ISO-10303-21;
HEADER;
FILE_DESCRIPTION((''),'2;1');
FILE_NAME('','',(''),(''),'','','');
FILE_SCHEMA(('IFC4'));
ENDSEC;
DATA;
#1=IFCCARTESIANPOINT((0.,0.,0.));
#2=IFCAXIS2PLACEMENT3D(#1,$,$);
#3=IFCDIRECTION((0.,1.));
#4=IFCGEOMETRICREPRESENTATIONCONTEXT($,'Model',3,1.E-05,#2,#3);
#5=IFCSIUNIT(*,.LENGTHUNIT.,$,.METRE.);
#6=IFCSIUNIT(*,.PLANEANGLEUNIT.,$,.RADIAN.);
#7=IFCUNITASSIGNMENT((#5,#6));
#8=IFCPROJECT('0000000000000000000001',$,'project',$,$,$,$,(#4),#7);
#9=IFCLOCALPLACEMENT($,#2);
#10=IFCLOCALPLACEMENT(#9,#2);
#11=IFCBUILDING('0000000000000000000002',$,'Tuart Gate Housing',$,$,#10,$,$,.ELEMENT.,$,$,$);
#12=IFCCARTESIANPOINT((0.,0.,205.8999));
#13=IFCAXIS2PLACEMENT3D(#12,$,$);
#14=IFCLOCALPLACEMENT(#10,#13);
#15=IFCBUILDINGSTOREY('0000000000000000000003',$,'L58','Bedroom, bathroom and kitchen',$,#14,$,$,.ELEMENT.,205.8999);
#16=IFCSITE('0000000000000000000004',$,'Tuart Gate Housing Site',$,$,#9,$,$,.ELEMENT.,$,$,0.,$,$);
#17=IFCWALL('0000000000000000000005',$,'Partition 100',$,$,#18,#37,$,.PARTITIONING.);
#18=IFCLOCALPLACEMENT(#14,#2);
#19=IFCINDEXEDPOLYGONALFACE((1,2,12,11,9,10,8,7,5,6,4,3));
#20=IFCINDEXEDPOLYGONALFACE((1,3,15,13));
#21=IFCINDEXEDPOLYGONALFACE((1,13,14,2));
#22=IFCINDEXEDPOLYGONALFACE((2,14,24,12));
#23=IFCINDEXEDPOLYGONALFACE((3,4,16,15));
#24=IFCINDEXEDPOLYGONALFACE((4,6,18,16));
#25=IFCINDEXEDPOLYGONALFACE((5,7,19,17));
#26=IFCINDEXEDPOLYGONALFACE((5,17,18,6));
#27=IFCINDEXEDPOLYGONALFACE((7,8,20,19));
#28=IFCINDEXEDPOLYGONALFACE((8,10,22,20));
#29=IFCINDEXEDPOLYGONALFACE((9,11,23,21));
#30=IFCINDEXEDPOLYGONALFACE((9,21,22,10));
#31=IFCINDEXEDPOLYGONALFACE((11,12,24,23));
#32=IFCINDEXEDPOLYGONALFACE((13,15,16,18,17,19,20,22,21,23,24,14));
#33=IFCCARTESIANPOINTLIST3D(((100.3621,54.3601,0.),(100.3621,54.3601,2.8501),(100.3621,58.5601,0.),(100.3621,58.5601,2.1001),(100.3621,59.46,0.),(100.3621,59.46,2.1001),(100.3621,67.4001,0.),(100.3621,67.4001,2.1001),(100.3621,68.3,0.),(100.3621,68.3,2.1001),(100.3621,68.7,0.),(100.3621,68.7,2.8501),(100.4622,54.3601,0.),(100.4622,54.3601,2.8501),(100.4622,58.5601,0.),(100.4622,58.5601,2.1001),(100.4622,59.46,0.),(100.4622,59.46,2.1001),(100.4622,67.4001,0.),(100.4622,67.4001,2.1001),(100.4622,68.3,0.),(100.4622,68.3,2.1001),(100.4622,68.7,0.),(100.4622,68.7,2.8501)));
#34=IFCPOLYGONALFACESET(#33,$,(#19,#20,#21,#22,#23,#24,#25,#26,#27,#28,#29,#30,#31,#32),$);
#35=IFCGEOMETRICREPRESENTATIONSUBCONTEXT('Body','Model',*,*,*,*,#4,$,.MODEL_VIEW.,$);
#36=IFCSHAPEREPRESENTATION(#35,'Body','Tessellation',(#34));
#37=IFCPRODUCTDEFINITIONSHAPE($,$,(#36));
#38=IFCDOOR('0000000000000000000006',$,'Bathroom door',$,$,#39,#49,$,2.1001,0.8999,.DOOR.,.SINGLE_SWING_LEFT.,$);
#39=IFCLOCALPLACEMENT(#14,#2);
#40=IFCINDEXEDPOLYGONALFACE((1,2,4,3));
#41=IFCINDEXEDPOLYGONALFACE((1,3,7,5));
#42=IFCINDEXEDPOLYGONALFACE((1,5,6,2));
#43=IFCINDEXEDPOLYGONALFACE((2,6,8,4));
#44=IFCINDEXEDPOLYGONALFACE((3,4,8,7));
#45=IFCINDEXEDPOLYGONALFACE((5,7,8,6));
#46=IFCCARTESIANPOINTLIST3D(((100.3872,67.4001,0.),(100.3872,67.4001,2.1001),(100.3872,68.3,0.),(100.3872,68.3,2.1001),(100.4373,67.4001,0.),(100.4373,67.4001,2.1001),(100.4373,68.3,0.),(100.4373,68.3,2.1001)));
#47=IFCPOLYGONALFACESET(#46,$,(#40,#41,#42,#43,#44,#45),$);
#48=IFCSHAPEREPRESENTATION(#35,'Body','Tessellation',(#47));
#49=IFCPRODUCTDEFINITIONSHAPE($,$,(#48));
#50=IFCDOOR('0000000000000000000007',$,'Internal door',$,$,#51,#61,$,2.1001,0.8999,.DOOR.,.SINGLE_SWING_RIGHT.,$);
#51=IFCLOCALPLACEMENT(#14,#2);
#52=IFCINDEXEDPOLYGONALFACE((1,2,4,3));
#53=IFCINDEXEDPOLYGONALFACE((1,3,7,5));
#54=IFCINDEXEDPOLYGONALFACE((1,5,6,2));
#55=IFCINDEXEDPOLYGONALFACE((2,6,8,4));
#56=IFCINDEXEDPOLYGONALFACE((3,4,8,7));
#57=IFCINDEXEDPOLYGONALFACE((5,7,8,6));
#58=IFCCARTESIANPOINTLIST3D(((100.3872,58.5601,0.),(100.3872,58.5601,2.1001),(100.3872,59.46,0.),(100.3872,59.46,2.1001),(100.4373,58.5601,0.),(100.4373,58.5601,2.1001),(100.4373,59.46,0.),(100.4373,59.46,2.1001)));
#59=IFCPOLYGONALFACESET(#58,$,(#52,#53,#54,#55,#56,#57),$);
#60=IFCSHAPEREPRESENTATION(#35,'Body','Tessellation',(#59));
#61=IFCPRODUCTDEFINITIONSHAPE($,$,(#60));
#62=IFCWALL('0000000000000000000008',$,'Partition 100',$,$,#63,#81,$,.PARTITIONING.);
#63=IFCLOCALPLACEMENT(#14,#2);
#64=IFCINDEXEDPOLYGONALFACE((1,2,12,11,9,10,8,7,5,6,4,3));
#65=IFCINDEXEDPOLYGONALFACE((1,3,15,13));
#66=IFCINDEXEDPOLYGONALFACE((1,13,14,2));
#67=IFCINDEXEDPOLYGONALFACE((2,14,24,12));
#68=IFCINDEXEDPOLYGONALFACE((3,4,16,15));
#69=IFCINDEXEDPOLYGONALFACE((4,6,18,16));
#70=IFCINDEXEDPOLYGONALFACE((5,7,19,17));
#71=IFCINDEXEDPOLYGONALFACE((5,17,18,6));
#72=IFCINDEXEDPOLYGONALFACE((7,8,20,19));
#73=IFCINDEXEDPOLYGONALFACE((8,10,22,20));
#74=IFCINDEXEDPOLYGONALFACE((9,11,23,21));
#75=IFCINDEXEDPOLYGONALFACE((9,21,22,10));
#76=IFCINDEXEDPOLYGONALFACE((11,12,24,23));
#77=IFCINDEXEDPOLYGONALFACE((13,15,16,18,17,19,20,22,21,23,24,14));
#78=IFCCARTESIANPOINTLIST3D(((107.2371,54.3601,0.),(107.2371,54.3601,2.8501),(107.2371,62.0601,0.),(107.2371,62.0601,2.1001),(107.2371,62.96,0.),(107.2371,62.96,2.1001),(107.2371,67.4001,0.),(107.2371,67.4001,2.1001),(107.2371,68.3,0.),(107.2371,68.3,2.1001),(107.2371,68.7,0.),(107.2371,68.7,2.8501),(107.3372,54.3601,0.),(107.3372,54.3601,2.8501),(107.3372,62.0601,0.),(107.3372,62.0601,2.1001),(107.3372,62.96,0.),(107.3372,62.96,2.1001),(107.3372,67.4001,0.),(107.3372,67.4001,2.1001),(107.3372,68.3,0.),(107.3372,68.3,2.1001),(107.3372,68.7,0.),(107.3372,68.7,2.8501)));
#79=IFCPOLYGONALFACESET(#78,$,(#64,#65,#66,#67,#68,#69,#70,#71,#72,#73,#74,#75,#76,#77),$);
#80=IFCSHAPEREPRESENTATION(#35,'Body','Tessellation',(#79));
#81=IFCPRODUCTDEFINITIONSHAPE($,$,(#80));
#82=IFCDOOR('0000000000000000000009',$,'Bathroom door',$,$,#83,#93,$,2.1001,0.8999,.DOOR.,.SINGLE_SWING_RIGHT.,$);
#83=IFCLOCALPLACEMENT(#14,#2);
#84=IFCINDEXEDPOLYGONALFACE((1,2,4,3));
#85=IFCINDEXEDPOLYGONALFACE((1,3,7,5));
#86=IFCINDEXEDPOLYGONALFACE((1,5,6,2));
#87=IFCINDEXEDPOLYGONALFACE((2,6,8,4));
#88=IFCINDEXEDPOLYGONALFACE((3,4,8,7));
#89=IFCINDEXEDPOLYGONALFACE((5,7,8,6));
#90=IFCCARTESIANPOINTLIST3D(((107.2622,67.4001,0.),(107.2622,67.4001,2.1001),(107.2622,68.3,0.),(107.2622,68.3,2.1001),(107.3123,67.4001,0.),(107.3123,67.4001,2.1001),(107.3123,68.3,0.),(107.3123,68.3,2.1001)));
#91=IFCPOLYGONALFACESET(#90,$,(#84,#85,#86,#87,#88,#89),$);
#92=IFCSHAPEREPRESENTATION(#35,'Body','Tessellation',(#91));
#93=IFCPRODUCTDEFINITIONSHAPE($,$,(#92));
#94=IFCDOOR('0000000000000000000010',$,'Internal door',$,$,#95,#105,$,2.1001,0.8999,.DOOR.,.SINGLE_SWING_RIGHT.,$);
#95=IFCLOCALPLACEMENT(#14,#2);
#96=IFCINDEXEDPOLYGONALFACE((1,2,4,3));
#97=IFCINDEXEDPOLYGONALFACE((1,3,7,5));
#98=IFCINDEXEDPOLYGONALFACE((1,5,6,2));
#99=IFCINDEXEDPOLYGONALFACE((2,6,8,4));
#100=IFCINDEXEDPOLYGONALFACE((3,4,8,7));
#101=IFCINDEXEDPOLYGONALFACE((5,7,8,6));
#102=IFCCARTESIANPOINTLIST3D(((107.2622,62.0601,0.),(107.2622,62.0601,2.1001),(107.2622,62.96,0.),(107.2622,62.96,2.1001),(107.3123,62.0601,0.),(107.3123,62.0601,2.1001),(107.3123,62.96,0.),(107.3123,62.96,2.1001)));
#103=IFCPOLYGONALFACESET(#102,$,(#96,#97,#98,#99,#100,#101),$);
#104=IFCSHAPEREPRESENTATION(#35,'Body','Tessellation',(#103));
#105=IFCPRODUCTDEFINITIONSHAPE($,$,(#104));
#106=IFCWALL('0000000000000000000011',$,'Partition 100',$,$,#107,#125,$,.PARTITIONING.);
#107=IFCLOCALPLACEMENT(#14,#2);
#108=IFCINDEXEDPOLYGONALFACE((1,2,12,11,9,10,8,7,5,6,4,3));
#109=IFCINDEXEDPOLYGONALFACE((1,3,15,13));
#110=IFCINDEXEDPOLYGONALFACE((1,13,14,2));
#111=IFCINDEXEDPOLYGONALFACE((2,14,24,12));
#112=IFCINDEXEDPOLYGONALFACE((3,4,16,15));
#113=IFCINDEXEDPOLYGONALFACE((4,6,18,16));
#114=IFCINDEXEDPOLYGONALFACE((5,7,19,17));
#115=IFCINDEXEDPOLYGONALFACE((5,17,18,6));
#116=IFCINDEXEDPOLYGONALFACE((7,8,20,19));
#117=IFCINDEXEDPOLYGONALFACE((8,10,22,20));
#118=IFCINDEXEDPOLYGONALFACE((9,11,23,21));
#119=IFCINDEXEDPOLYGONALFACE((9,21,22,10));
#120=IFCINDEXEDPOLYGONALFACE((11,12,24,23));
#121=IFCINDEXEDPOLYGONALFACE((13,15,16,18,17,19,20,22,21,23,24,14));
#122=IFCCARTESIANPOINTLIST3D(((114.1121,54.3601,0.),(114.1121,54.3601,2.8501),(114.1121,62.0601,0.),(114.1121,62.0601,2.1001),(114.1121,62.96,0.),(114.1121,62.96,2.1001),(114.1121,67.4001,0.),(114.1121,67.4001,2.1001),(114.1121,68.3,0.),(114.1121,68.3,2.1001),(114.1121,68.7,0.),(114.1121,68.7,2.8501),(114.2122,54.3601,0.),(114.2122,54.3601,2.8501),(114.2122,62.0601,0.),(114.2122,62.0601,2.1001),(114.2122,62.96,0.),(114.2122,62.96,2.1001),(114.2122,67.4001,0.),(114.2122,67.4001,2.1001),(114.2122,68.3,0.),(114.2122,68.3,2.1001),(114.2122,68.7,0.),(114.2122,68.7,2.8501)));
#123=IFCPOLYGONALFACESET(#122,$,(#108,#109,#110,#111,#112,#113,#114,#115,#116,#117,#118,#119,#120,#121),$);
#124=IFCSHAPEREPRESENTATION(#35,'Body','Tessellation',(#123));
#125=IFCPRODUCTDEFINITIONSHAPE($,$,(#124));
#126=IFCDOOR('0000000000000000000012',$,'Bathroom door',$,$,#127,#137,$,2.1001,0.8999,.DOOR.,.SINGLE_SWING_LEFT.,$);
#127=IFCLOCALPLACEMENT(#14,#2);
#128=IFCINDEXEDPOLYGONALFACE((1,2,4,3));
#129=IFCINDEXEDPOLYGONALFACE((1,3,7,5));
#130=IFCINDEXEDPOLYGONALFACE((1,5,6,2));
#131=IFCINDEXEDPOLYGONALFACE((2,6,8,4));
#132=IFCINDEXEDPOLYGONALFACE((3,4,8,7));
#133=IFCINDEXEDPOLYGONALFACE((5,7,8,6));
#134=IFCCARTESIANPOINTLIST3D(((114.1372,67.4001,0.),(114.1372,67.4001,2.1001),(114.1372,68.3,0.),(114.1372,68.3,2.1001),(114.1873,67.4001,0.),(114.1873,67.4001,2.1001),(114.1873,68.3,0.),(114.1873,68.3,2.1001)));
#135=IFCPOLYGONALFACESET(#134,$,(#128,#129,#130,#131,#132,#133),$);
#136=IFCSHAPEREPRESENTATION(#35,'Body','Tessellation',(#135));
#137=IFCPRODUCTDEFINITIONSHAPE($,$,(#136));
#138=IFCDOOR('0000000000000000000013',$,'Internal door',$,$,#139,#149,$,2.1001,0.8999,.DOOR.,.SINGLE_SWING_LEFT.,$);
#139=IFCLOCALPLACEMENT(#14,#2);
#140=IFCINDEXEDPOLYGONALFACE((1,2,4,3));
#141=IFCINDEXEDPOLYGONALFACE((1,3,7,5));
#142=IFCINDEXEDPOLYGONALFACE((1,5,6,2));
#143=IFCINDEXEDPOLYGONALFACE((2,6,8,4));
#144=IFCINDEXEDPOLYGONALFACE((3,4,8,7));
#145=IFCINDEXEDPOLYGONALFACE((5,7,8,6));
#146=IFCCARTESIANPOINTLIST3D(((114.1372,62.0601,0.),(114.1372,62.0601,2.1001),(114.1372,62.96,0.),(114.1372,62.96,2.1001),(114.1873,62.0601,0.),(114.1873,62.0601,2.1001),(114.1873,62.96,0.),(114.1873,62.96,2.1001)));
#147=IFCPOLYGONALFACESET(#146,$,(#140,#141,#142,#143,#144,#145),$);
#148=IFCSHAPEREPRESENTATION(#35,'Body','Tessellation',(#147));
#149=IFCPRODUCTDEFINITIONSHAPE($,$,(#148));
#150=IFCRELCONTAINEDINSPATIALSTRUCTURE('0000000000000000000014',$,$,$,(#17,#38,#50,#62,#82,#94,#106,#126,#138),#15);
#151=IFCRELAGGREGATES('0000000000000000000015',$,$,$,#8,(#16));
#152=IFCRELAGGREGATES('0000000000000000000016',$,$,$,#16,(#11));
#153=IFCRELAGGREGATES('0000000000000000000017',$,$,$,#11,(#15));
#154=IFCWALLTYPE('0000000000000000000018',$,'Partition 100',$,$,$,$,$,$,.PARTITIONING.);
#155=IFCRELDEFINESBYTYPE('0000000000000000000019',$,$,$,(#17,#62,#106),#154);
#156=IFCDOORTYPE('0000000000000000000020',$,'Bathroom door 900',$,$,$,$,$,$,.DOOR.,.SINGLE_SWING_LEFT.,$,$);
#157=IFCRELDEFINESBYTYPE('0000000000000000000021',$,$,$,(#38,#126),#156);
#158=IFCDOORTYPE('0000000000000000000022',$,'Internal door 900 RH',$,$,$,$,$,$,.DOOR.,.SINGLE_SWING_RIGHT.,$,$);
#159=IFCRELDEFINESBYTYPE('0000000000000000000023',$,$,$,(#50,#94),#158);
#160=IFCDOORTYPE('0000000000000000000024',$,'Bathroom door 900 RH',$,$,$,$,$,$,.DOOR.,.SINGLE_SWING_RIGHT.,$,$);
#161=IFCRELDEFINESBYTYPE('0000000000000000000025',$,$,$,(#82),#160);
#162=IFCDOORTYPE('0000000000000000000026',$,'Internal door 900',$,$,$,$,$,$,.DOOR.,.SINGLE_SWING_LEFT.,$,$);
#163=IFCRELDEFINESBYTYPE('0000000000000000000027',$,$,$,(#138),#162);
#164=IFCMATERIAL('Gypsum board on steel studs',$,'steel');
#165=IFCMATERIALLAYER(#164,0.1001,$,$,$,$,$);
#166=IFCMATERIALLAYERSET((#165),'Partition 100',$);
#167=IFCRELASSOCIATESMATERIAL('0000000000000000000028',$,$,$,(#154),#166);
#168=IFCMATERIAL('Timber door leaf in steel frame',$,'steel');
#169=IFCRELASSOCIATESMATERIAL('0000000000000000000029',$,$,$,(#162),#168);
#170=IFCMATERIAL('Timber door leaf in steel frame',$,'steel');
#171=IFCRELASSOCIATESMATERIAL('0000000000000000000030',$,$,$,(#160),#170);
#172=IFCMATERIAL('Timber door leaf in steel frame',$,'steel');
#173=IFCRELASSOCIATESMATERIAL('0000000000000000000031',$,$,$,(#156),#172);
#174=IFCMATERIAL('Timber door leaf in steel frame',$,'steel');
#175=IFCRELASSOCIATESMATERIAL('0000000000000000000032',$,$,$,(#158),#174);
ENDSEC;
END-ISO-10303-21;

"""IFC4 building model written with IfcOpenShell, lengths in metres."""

from ifc_helpers import new_model, si_unit, direction, frame, frame_2d, origin, place, context, subcontext, project, spatial, rectangle, extrude, material, layer, layer_set, type_object, element, fill, save


model = new_model("IFC4")

# Units and contexts
model_context = context("Model", 3, precision=1e-05, world=origin(), true_north=direction((0.0, 1.0)))
body_context = subcontext(model_context, "Body", "Model", "MODEL_VIEW")
ifc_project = project(units=[si_unit("LENGTHUNIT", "METRE"), si_unit("PLANEANGLEUNIT", "RADIAN")], contexts=[model_context])

# Site, building, storey
site_placement = place(None, origin())
site = spatial("IfcSite", under=ifc_project, at=site_placement, Name="Tuart Gate Housing Site", CompositionType="ELEMENT", RefElevation=0.0)
building_placement = place(site_placement, origin())
building = spatial("IfcBuilding", under=site, at=building_placement, Name="Tuart Gate Housing", CompositionType="ELEMENT")
storey_placement = place(building_placement, frame((0.0, 0.0, 205.8999)))
storey = spatial("IfcBuildingStorey", under=building, at=storey_placement, Name="L58", Description="Bedroom, bathroom and kitchen", CompositionType="ELEMENT", Elevation=205.8999)

# Shared definitions
ifc_material_1 = material(Name="Gypsum board on steel studs", Category="steel")
ifc_layer_1 = layer(ifc_material_1, 0.1001)
ifc_layer_set_1 = layer_set([ifc_layer_1], Name="Partition 100")
wall_type_1 = type_object("IfcWallType", Name="Partition 100", PredefinedType="PARTITIONING", material=ifc_layer_set_1)
ifc_material_2 = material(Name="Timber door leaf in steel frame", Category="steel")
door_type_1 = type_object("IfcDoorType", Name="Internal door 900", OperationType="SINGLE_SWING_LEFT", PredefinedType="DOOR", material=ifc_material_2)

# Walls, openings, doors
ifc_material_3 = material(Name="Timber door leaf in steel frame", Category="steel")
door_type_2 = type_object("IfcDoorType", Name="Bathroom door 900 RH", OperationType="SINGLE_SWING_RIGHT", PredefinedType="DOOR", material=ifc_material_3)
wall_1_placement = place(storey_placement, frame((100.4121, 54.3601, 0.0), z_axis=(0.0, 0.0, 1.0), x_axis=(0.0, 1.0, 0.0)))
wall_1 = element("IfcWall", 1, at=wall_1_placement, inside=storey, type_object=wall_type_1, Name="Partition 100", PredefinedType="PARTITIONING", context=body_context, shape_type="SweptSolid", body=[
    extrude(rectangle(XDim=14.3398, YDim=0.1001, at=frame_2d((7.1699, 0.0))), origin(), (0.0, 0.0, 1.0), 2.8501),
])
opening_1_placement = place(wall_1_placement, frame((4.2, 0.0, 0.0)))
opening_1 = element("IfcOpeningElement", 2, at=opening_1_placement, cuts=wall_1, PredefinedType="OPENING", context=body_context, shape_type="SweptSolid", body=[
    extrude(rectangle(XDim=0.8999, YDim=2.1001, at=frame_2d((0.45, 1.05))), frame((0.0, 0.0601, 0.0), z_axis=(0.0, -1.0, 0.0), x_axis=(1.0, 0.0, 0.0)), (0.0, 0.0, 1.0), 0.1201),
])
opening_2_placement = place(wall_1_placement, frame((13.04, 0.0, 0.0)))
opening_2 = element("IfcOpeningElement", 3, at=opening_2_placement, cuts=wall_1, PredefinedType="OPENING", context=body_context, shape_type="SweptSolid", body=[
    extrude(rectangle(XDim=0.8999, YDim=2.1001, at=frame_2d((0.45, 1.05))), frame((0.0, 0.0601, 0.0), z_axis=(0.0, -1.0, 0.0), x_axis=(1.0, 0.0, 0.0)), (0.0, 0.0, 1.0), 0.1201),
])
ifc_material_4 = material(Name="Timber door leaf in steel frame", Category="steel")
door_type_3 = type_object("IfcDoorType", Name="Bathroom door 900", OperationType="SINGLE_SWING_LEFT", PredefinedType="DOOR", material=ifc_material_4)
door_1_placement = place(opening_2_placement, frame((0.8999, 0.0, 0.0), z_axis=(0.0, 0.0, 1.0), x_axis=(-1.0, 0.0, 0.0)))
door_1 = element("IfcDoor", 4, at=door_1_placement, inside=storey, type_object=door_type_3, Name="Bathroom door", OperationType="SINGLE_SWING_LEFT", OverallHeight=2.1001, OverallWidth=0.8999, PredefinedType="DOOR", context=body_context, shape_type="SweptSolid", body=[
    extrude(rectangle(XDim=0.8999, YDim=2.1001, at=frame_2d((0.45, 1.05))), frame((0.0, 0.0251, 0.0), z_axis=(0.0, -1.0, 0.0), x_axis=(1.0, 0.0, 0.0)), (0.0, 0.0, 1.0), 0.05),
])
fill(opening_2, door_1)
ifc_material_5 = material(Name="Timber door leaf in steel frame", Category="steel")
door_type_4 = type_object("IfcDoorType", Name="Internal door 900 RH", OperationType="SINGLE_SWING_RIGHT", PredefinedType="DOOR", material=ifc_material_5)
door_2_placement = place(opening_1_placement, frame((0.8999, 0.0, 0.0), z_axis=(0.0, 0.0, 1.0), x_axis=(-1.0, 0.0, 0.0)))
door_2 = element("IfcDoor", 5, at=door_2_placement, inside=storey, type_object=door_type_4, Name="Internal door", OperationType="SINGLE_SWING_RIGHT", OverallHeight=2.1001, OverallWidth=0.8999, PredefinedType="DOOR", context=body_context, shape_type="SweptSolid", body=[
    extrude(rectangle(XDim=0.8999, YDim=2.1001, at=frame_2d((0.45, 1.05))), frame((0.0, 0.0251, 0.0), z_axis=(0.0, -1.0, 0.0), x_axis=(1.0, 0.0, 0.0)), (0.0, 0.0, 1.0), 0.05),
])
fill(opening_1, door_2)
wall_2_placement = place(storey_placement, frame((107.2871, 54.3601, 0.0), z_axis=(0.0, 0.0, 1.0), x_axis=(0.0, 1.0, 0.0)))
wall_2 = element("IfcWall", 6, at=wall_2_placement, inside=storey, type_object=wall_type_1, Name="Partition 100", PredefinedType="PARTITIONING", context=body_context, shape_type="SweptSolid", body=[
    extrude(rectangle(XDim=14.3398, YDim=0.1001, at=frame_2d((7.1699, 0.0))), origin(), (0.0, 0.0, 1.0), 2.8501),
])
opening_3_placement = place(wall_2_placement, frame((7.7, 0.0, 0.0)))
opening_3 = element("IfcOpeningElement", 7, at=opening_3_placement, cuts=wall_2, PredefinedType="OPENING", context=body_context, shape_type="SweptSolid", body=[
    extrude(rectangle(XDim=0.8999, YDim=2.1001, at=frame_2d((0.45, 1.05))), frame((0.0, 0.0601, 0.0), z_axis=(0.0, -1.0, 0.0), x_axis=(1.0, 0.0, 0.0)), (0.0, 0.0, 1.0), 0.1201),
])
opening_4_placement = place(wall_2_placement, frame((13.04, 0.0, 0.0)))
opening_4 = element("IfcOpeningElement", 8, at=opening_4_placement, cuts=wall_2, PredefinedType="OPENING", context=body_context, shape_type="SweptSolid", body=[
    extrude(rectangle(XDim=0.8999, YDim=2.1001, at=frame_2d((0.45, 1.05))), frame((0.0, 0.0601, 0.0), z_axis=(0.0, -1.0, 0.0), x_axis=(1.0, 0.0, 0.0)), (0.0, 0.0, 1.0), 0.1201),
])
door_3_placement = place(opening_4_placement, origin())
door_3 = element("IfcDoor", 9, at=door_3_placement, inside=storey, type_object=door_type_2, Name="Bathroom door", OperationType="SINGLE_SWING_RIGHT", OverallHeight=2.1001, OverallWidth=0.8999, PredefinedType="DOOR", context=body_context, shape_type="SweptSolid", body=[
    extrude(rectangle(XDim=0.8999, YDim=2.1001, at=frame_2d((0.45, 1.05))), frame((0.0, 0.0249, 0.0), z_axis=(0.0, -1.0, 0.0), x_axis=(1.0, 0.0, 0.0)), (0.0, 0.0, 1.0), 0.05),
])
fill(opening_4, door_3)
door_4_placement = place(opening_3_placement, origin())
door_4 = element("IfcDoor", 10, at=door_4_placement, inside=storey, type_object=door_type_4, Name="Internal door", OperationType="SINGLE_SWING_RIGHT", OverallHeight=2.1001, OverallWidth=0.8999, PredefinedType="DOOR", context=body_context, shape_type="SweptSolid", body=[
    extrude(rectangle(XDim=0.8999, YDim=2.1001, at=frame_2d((0.45, 1.05))), frame((0.0, 0.0249, 0.0), z_axis=(0.0, -1.0, 0.0), x_axis=(1.0, 0.0, 0.0)), (0.0, 0.0, 1.0), 0.05),
])
fill(opening_3, door_4)
wall_3_placement = place(storey_placement, frame((114.1621, 54.3601, 0.0), z_axis=(0.0, 0.0, 1.0), x_axis=(0.0, 1.0, 0.0)))
wall_3 = element("IfcWall", 11, at=wall_3_placement, inside=storey, type_object=wall_type_1, Name="Partition 100", PredefinedType="PARTITIONING", context=body_context, shape_type="SweptSolid", body=[
    extrude(rectangle(XDim=14.3398, YDim=0.1001, at=frame_2d((7.1699, 0.0))), origin(), (0.0, 0.0, 1.0), 2.8501),
])
opening_5_placement = place(wall_3_placement, frame((7.7, 0.0, 0.0)))
opening_5 = element("IfcOpeningElement", 12, at=opening_5_placement, cuts=wall_3, PredefinedType="OPENING", context=body_context, shape_type="SweptSolid", body=[
    extrude(rectangle(XDim=0.8999, YDim=2.1001, at=frame_2d((0.45, 1.05))), frame((0.0, 0.0601, 0.0), z_axis=(0.0, -1.0, 0.0), x_axis=(1.0, 0.0, 0.0)), (0.0, 0.0, 1.0), 0.1201),
])
opening_6_placement = place(wall_3_placement, frame((13.04, 0.0, 0.0)))
opening_6 = element("IfcOpeningElement", 13, at=opening_6_placement, cuts=wall_3, PredefinedType="OPENING", context=body_context, shape_type="SweptSolid", body=[
    extrude(rectangle(XDim=0.8999, YDim=2.1001, at=frame_2d((0.45, 1.05))), frame((0.0, 0.0601, 0.0), z_axis=(0.0, -1.0, 0.0), x_axis=(1.0, 0.0, 0.0)), (0.0, 0.0, 1.0), 0.1201),
])
door_5_placement = place(opening_6_placement, frame((0.8999, 0.0, 0.0), z_axis=(0.0, 0.0, 1.0), x_axis=(-1.0, 0.0, 0.0)))
door_5 = element("IfcDoor", 14, at=door_5_placement, inside=storey, type_object=door_type_3, Name="Bathroom door", OperationType="SINGLE_SWING_LEFT", OverallHeight=2.1001, OverallWidth=0.8999, PredefinedType="DOOR", context=body_context, shape_type="SweptSolid", body=[
    extrude(rectangle(XDim=0.8999, YDim=2.1001, at=frame_2d((0.45, 1.05))), frame((0.0, 0.0251, 0.0), z_axis=(0.0, -1.0, 0.0), x_axis=(1.0, 0.0, 0.0)), (0.0, 0.0, 1.0), 0.05),
])
fill(opening_6, door_5)
door_6_placement = place(opening_5_placement, frame((0.8999, 0.0, 0.0), z_axis=(0.0, 0.0, 1.0), x_axis=(-1.0, 0.0, 0.0)))
door_6 = element("IfcDoor", 15, at=door_6_placement, inside=storey, type_object=door_type_1, Name="Internal door", OperationType="SINGLE_SWING_LEFT", OverallHeight=2.1001, OverallWidth=0.8999, PredefinedType="DOOR", context=body_context, shape_type="SweptSolid", body=[
    extrude(rectangle(XDim=0.8999, YDim=2.1001, at=frame_2d((0.45, 1.05))), frame((0.0, 0.0251, 0.0), z_axis=(0.0, -1.0, 0.0), x_axis=(1.0, 0.0, 0.0)), (0.0, 0.0, 1.0), 0.05),
])
fill(opening_5, door_6)

save(model, "model.ifc")
